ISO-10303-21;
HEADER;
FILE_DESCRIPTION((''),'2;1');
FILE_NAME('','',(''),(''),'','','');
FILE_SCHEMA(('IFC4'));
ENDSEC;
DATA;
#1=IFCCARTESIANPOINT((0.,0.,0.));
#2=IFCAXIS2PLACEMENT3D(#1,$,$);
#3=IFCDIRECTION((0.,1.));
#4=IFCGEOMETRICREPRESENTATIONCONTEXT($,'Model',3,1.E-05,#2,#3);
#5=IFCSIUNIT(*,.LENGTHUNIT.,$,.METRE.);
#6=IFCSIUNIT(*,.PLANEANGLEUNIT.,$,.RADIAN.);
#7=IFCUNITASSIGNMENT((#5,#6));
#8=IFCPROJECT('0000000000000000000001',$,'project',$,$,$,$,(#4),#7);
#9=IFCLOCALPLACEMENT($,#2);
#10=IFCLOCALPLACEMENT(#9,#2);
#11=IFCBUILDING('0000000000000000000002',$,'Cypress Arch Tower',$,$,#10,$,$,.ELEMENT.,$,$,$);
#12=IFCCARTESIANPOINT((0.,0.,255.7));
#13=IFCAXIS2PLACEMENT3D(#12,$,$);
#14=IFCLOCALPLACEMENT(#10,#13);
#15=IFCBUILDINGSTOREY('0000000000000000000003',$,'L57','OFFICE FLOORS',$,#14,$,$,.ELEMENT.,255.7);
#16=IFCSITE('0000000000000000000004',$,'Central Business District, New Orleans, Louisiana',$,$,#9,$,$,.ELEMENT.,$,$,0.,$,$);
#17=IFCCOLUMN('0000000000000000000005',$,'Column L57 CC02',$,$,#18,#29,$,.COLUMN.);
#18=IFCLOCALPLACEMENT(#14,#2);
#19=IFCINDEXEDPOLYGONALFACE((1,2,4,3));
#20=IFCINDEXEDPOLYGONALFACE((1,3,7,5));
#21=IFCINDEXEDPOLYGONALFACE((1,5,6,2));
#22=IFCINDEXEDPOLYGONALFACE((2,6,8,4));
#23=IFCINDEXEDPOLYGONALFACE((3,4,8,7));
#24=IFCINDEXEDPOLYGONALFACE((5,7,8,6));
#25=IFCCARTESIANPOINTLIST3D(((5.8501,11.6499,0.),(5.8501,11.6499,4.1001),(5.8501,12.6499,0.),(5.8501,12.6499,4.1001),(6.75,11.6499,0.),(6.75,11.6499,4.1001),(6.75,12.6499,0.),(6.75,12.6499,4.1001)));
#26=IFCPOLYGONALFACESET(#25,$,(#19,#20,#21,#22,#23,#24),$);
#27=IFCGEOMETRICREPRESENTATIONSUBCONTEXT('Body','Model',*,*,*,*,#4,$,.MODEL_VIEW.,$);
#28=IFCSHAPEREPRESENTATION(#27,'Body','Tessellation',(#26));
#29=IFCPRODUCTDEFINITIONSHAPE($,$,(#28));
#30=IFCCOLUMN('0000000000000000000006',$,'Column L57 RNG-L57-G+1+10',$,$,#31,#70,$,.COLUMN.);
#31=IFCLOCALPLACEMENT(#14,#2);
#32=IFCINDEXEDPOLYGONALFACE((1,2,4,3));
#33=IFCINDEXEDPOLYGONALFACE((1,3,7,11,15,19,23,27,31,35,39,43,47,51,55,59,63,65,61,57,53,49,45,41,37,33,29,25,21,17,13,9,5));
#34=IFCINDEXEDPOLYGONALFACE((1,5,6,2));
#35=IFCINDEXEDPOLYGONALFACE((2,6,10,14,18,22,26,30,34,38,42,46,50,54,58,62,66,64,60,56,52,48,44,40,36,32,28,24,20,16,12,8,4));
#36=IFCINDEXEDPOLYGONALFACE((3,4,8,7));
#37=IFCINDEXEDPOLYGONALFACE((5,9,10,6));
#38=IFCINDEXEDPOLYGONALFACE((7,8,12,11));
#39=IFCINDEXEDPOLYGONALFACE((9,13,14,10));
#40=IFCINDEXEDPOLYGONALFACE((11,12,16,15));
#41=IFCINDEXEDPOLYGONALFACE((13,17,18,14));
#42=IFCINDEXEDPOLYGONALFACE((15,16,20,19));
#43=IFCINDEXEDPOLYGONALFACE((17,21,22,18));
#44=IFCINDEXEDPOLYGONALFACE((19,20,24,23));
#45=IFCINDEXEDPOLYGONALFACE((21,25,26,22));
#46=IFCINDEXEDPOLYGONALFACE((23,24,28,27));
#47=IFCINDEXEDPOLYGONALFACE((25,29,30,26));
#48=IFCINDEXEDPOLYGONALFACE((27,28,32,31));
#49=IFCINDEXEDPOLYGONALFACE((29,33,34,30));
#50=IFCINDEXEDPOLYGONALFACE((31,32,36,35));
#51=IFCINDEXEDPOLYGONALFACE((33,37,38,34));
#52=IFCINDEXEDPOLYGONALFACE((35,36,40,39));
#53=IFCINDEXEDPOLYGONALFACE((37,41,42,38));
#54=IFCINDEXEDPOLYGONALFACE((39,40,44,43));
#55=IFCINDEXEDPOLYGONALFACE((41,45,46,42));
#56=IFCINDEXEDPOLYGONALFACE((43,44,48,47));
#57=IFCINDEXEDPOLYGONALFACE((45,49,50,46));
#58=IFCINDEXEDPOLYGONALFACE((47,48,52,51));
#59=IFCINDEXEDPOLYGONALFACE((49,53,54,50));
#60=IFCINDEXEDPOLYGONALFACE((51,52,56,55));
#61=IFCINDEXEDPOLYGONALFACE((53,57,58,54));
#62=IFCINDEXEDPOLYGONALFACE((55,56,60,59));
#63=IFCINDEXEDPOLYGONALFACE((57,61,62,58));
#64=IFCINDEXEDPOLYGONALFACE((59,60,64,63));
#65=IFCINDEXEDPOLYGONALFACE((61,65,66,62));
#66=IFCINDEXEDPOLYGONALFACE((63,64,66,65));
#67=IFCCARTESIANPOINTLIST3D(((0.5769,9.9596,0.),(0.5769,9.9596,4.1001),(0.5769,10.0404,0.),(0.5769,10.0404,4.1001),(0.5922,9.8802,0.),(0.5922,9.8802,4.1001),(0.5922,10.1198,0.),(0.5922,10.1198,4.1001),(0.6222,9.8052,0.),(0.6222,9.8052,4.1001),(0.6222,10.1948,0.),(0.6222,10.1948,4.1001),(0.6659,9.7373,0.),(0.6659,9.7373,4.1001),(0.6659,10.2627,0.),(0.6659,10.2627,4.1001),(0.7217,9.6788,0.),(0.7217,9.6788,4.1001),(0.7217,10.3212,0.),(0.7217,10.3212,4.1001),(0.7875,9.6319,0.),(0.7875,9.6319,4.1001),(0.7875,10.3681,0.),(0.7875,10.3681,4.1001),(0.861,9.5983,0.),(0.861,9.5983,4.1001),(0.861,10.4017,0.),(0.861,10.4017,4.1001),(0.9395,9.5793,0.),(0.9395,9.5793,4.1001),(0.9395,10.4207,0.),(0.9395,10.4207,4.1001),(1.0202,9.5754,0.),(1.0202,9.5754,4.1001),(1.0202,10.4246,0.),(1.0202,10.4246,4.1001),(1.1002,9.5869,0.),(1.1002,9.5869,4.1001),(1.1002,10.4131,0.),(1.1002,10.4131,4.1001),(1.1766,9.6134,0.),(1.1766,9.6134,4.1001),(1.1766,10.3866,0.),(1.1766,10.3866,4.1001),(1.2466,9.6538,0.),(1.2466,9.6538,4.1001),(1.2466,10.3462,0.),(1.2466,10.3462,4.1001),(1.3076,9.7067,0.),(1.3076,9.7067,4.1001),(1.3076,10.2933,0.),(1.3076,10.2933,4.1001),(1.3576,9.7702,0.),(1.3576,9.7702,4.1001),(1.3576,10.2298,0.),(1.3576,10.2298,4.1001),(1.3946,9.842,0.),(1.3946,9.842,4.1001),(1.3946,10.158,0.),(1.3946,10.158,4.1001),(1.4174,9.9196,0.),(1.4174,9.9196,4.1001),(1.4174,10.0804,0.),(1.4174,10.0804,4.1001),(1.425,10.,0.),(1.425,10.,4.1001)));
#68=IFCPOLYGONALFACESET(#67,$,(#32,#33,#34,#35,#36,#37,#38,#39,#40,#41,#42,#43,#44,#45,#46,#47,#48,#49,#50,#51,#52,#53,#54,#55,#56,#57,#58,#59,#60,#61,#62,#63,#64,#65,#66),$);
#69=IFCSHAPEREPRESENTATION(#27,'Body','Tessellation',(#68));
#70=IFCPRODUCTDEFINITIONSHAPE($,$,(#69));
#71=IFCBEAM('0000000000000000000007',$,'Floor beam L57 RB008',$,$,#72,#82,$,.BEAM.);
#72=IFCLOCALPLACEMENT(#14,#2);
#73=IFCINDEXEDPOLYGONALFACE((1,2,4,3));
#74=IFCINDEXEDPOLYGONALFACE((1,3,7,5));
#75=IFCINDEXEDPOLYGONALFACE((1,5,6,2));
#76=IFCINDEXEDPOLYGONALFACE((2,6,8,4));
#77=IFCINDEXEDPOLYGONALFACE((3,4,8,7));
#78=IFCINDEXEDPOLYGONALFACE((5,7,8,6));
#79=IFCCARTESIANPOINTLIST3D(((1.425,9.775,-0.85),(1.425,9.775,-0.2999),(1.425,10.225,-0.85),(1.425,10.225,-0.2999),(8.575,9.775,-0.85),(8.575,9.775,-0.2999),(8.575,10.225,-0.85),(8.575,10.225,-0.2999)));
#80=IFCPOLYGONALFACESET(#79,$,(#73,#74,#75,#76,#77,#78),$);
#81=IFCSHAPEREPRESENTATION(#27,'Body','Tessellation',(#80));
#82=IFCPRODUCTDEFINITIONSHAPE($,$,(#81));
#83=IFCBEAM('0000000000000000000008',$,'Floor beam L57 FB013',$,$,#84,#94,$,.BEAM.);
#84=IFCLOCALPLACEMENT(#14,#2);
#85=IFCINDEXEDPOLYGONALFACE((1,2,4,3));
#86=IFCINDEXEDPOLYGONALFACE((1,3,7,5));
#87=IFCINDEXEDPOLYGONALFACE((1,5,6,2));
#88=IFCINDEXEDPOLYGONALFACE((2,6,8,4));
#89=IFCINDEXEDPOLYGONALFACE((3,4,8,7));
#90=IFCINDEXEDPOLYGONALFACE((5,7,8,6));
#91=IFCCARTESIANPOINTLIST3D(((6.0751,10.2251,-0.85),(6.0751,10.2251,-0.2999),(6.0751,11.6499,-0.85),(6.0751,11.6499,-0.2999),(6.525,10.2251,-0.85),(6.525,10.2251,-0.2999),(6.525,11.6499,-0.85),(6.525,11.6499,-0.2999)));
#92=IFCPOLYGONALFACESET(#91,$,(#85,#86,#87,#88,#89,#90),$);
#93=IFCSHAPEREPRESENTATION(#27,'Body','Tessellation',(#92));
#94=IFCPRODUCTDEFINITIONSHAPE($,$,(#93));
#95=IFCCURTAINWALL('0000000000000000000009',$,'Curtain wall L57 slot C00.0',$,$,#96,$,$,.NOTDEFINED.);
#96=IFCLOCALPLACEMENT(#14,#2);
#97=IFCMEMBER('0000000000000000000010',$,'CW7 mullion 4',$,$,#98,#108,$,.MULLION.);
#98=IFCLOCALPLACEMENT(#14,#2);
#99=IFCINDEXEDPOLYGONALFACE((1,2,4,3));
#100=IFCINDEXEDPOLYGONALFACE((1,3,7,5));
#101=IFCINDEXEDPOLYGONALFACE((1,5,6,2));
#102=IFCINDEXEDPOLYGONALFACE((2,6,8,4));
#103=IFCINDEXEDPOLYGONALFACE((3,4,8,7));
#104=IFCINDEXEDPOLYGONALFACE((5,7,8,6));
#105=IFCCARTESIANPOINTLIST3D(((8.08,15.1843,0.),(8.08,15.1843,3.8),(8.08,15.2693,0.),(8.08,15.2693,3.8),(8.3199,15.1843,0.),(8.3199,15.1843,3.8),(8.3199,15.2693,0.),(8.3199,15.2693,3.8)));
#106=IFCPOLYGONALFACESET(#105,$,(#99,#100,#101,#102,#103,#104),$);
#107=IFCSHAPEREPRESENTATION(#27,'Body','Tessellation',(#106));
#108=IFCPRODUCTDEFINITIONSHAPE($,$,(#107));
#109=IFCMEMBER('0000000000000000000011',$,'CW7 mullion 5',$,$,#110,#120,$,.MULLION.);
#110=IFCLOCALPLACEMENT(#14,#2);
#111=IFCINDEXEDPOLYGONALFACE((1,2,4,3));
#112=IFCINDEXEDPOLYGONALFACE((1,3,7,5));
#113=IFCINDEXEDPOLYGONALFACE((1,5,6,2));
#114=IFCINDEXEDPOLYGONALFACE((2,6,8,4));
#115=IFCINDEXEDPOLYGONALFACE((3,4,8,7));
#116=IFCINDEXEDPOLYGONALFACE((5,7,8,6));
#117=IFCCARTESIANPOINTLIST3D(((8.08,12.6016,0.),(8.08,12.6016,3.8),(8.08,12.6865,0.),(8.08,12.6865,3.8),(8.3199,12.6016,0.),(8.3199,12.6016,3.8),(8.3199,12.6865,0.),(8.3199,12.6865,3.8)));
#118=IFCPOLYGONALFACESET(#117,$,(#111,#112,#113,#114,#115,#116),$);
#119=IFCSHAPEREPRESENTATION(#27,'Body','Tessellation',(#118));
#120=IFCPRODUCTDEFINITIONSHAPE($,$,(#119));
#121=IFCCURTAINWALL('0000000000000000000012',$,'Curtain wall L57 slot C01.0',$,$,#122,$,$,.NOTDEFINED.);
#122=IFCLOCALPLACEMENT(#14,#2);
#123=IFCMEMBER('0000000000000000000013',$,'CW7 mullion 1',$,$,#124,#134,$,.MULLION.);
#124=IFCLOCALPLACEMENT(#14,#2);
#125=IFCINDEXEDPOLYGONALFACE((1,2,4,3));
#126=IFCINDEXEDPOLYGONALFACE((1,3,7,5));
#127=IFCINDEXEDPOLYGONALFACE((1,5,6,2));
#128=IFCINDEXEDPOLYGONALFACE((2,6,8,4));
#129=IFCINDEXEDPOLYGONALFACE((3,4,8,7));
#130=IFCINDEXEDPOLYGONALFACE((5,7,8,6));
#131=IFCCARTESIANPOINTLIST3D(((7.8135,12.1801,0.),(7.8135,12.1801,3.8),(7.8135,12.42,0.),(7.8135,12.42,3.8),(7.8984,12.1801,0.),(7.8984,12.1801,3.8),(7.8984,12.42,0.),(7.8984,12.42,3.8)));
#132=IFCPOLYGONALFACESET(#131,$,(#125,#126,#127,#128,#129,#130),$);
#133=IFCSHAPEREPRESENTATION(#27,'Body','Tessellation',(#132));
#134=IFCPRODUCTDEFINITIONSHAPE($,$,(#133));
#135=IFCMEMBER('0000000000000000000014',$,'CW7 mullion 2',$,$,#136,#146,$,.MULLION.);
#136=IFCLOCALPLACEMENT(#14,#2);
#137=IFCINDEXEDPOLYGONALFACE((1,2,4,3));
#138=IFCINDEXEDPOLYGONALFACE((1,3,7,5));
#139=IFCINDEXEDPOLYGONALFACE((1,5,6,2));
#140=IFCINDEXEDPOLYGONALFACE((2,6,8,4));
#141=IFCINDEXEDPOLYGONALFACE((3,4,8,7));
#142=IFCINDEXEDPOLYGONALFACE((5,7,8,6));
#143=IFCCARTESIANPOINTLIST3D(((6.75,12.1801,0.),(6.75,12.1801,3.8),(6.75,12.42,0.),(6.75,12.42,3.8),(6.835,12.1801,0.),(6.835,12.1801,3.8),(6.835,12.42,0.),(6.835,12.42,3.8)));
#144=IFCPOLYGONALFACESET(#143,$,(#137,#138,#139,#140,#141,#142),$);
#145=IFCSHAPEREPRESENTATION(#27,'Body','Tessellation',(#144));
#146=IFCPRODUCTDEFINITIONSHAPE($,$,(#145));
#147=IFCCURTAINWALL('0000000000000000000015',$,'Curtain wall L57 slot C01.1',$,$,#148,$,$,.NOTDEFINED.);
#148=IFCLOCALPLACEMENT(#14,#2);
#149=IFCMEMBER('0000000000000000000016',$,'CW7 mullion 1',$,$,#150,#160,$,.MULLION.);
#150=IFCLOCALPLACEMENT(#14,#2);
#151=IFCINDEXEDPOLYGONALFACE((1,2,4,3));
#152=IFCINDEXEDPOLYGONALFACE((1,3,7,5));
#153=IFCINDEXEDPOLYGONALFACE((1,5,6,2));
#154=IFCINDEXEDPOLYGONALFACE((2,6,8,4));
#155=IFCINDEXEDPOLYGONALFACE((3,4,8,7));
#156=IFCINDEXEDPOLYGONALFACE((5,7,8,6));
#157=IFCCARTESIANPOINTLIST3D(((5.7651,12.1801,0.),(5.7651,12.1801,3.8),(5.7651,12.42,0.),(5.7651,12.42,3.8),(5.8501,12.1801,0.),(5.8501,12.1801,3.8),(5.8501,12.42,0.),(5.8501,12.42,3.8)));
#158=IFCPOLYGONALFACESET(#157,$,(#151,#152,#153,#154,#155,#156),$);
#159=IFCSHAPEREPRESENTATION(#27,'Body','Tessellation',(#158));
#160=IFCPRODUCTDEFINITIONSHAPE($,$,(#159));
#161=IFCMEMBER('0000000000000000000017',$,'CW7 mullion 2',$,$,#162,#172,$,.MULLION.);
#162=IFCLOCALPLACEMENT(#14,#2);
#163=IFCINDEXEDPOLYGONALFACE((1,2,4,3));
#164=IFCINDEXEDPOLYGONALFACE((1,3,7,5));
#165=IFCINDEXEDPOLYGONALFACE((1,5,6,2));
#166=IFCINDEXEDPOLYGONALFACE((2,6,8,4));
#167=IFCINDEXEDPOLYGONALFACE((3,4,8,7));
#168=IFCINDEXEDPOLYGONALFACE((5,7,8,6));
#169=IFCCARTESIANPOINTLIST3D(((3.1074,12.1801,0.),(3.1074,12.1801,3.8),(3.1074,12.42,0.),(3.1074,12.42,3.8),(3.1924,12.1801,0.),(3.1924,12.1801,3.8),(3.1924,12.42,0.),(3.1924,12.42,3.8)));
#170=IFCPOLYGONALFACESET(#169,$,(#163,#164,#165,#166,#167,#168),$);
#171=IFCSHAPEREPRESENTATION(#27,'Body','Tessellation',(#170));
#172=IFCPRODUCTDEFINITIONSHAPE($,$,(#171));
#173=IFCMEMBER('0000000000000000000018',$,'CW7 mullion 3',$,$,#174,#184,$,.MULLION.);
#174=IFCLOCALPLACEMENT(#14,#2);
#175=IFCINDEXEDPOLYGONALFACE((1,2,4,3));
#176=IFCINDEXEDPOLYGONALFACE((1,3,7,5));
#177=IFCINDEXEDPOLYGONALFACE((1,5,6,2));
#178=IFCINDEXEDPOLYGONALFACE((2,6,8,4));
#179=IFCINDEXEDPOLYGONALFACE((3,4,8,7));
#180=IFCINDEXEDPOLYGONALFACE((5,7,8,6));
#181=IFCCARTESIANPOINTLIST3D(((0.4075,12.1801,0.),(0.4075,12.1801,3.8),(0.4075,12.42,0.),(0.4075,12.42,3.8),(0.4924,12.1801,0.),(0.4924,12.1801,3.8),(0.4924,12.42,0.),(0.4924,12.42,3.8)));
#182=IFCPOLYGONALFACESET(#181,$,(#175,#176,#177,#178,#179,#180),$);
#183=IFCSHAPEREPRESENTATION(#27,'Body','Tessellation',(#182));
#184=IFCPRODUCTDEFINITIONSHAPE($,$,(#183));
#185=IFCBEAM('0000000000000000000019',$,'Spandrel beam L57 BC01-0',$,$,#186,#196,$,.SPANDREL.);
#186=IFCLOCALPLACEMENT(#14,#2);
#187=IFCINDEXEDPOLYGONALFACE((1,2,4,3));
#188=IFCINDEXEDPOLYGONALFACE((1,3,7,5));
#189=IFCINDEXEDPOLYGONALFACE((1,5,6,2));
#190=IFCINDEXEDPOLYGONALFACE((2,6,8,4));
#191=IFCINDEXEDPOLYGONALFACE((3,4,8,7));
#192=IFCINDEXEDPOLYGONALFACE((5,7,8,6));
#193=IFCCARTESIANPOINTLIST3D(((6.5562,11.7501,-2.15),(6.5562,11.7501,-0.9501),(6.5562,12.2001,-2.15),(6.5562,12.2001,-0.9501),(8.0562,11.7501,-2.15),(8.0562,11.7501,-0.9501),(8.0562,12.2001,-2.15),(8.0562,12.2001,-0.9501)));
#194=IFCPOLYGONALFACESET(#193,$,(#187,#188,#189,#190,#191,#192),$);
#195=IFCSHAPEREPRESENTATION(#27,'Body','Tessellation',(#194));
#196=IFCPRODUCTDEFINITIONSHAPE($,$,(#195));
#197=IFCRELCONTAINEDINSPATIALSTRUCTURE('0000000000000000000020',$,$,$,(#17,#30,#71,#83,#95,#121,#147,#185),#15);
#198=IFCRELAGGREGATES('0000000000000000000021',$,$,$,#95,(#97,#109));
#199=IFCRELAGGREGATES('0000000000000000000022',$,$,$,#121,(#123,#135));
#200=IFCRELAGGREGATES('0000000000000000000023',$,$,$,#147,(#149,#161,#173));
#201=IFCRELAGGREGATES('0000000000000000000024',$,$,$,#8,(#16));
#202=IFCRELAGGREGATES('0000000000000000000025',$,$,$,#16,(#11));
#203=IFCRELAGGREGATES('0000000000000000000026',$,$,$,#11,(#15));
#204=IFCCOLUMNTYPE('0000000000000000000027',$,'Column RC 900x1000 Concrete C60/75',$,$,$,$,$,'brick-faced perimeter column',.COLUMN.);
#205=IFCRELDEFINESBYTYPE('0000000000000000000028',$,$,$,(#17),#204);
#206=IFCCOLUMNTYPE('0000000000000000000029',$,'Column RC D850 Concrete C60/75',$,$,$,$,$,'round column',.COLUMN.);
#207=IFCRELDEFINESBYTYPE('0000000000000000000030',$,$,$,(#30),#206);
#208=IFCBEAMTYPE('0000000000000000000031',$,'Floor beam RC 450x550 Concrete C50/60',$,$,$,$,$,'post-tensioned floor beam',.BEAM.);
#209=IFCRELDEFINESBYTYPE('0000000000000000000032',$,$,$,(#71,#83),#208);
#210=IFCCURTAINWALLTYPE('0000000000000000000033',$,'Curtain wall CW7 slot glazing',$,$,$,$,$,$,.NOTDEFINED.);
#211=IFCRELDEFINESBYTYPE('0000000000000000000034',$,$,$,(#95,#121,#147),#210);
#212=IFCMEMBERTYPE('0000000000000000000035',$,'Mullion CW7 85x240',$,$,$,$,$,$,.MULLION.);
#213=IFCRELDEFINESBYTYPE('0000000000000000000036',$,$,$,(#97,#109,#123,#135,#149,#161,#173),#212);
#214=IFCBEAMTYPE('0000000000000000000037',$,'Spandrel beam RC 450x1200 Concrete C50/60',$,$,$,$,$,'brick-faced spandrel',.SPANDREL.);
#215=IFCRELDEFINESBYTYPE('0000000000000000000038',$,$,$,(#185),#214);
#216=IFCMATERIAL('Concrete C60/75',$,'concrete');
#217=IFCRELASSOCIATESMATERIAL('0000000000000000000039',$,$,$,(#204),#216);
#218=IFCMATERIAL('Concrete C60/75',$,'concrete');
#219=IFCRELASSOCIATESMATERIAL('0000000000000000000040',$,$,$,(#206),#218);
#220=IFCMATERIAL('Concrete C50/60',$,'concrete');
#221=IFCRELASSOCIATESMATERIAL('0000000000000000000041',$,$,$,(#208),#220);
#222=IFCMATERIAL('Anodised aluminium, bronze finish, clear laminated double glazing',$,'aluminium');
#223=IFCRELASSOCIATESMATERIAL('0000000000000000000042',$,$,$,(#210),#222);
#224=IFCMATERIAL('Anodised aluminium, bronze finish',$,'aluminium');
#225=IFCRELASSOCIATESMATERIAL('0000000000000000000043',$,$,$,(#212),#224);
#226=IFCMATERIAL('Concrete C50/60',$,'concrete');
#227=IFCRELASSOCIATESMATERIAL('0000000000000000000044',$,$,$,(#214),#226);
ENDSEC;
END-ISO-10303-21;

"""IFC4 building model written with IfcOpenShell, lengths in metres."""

from ifc_helpers import new_model, si_unit, direction, frame, origin, origin_2d, place, context, subcontext, project, spatial, rectangle, circle, extrude, material, material_profile, profile_set, type_object, element, aggregate, save


model = new_model("IFC4")

# Units and contexts
model_context = context("Model", 3, precision=1e-05, world=origin(), true_north=direction((0.0, 1.0)))
body_context = subcontext(model_context, "Body", "Model", "MODEL_VIEW")
ifc_project = project(units=[si_unit("LENGTHUNIT", "METRE"), si_unit("PLANEANGLEUNIT", "RADIAN")], contexts=[model_context])

# Site, building, storey
site_placement = place(None, origin())
site = spatial("IfcSite", under=ifc_project, at=site_placement, Name="Central Business District, New Orleans, Louisiana", CompositionType="ELEMENT", RefElevation=0.0)
building_placement = place(site_placement, origin())
building = spatial("IfcBuilding", under=site, at=building_placement, Name="Cypress Arch Tower", CompositionType="ELEMENT")
storey_placement = place(building_placement, frame((0.0, 0.0, 255.7)))
storey = spatial("IfcBuildingStorey", under=building, at=storey_placement, Name="L57", Description="OFFICE FLOORS", CompositionType="ELEMENT", Elevation=255.7)

# Columns
ifc_material_1 = material(Name="Concrete C60/75", Category="concrete")
ifc_material_profile_1 = material_profile(ifc_material_1, rectangle(XDim=0.8999, YDim=1.0, at=origin_2d()), Name="RC 900x1000")
ifc_profile_set_1 = profile_set([ifc_material_profile_1], Name="Concrete C60/75")
column_type_1 = type_object("IfcColumnType", Name="Column RC 900x1000 Concrete C60/75", ElementType="brick-faced perimeter column", PredefinedType="COLUMN", material=ifc_profile_set_1)
column_1_placement = place(storey_placement, frame((6.3, 12.1499, 0.0), z_axis=(0.0, 0.0, 1.0), x_axis=(-1.0, 0.0, 0.0)))
element("IfcColumn", 1, at=column_1_placement, inside=storey, type_object=column_type_1, Name="Column L57 CC02", PredefinedType="COLUMN", context=body_context, shape_type="SweptSolid", body=[
    extrude(rectangle(XDim=0.8999, YDim=1.0, at=origin_2d()), origin(), (0.0, 0.0, 1.0), 4.1001),
])
ifc_material_2 = material(Name="Concrete C60/75", Category="concrete")
ifc_material_profile_2 = material_profile(ifc_material_2, circle(Radius=0.425, at=origin_2d()), Name="RC D850")
ifc_profile_set_2 = profile_set([ifc_material_profile_2], Name="Concrete C60/75")
column_type_2 = type_object("IfcColumnType", Name="Column RC D850 Concrete C60/75", ElementType="round column", PredefinedType="COLUMN", material=ifc_profile_set_2)
column_2_placement = place(storey_placement, frame((1.0, 10.0, 0.0), z_axis=(0.0, 0.0, 1.0), x_axis=(1.0, 0.0, 0.0)))
element("IfcColumn", 2, at=column_2_placement, inside=storey, type_object=column_type_2, Name="Column L57 RNG-L57-G+1+10", PredefinedType="COLUMN", context=body_context, shape_type="SweptSolid", body=[
    extrude(circle(Radius=0.425, at=origin_2d()), origin(), (0.0, 0.0, 1.0), 4.1001),
])

# Beams
ifc_material_3 = material(Name="Concrete C50/60", Category="concrete")
ifc_material_profile_3 = material_profile(ifc_material_3, rectangle(XDim=0.45, YDim=0.55, at=origin_2d()), Name="RC 450x550")
ifc_profile_set_3 = profile_set([ifc_material_profile_3], Name="Concrete C50/60")
beam_type_1 = type_object("IfcBeamType", Name="Floor beam RC 450x550 Concrete C50/60", ElementType="post-tensioned floor beam", PredefinedType="BEAM", material=ifc_profile_set_3)
beam_1_placement = place(storey_placement, frame((1.425, 10.0, -0.575), z_axis=(1.0, 0.0, 0.0), x_axis=(0.0, 1.0, 0.0)))
element("IfcBeam", 3, at=beam_1_placement, inside=storey, type_object=beam_type_1, Name="Floor beam L57 RB008", PredefinedType="BEAM", context=body_context, shape_type="SweptSolid", body=[
    extrude(rectangle(XDim=0.45, YDim=0.55, at=origin_2d()), origin(), (0.0, 0.0, 1.0), 7.1499),
])
beam_2_placement = place(storey_placement, frame((6.3, 10.2251, -0.575), z_axis=(0.0, 1.0, 0.0), x_axis=(-1.0, 0.0, 0.0)))
element("IfcBeam", 4, at=beam_2_placement, inside=storey, type_object=beam_type_1, Name="Floor beam L57 FB013", PredefinedType="BEAM", context=body_context, shape_type="SweptSolid", body=[
    extrude(rectangle(XDim=0.45, YDim=0.55, at=origin_2d()), origin(), (0.0, 0.0, 1.0), 1.4248),
])

# Curtain walls, members
ifc_material_4 = material(Name="Anodised aluminium, bronze finish, clear laminated double glazing", Category="aluminium")
curtain_wall_type = type_object("IfcCurtainWallType", Name="Curtain wall CW7 slot glazing", PredefinedType="NOTDEFINED", material=ifc_material_4)
curtain_wall_1_placement = place(storey_placement, origin())
curtain_wall_1 = element("IfcCurtainWall", 5, at=curtain_wall_1_placement, inside=storey, type_object=curtain_wall_type, Name="Curtain wall L57 slot C00.0", PredefinedType="NOTDEFINED")
ifc_material_5 = material(Name="Anodised aluminium, bronze finish", Category="aluminium")
ifc_material_profile_4 = material_profile(ifc_material_5, rectangle(XDim=0.24, YDim=0.085, at=origin_2d()), Name="Mullion 85x240")
ifc_profile_set_4 = profile_set([ifc_material_profile_4], Name="Anodised aluminium, bronze finish")
member_type_1 = type_object("IfcMemberType", Name="Mullion CW7 85x240", PredefinedType="MULLION", material=ifc_profile_set_4)
member_1_placement = place(storey_placement, frame((8.2, 15.2268, 0.0), z_axis=(0.0, 0.0, 1.0), x_axis=(1.0, 0.0, 0.0)))
member_1 = element("IfcMember", 6, at=member_1_placement, type_object=member_type_1, Name="CW7 mullion 4", PredefinedType="MULLION", context=body_context, shape_type="SweptSolid", body=[
    extrude(rectangle(XDim=0.24, YDim=0.085, at=origin_2d()), origin(), (0.0, 0.0, 1.0), 3.8),
])
member_2_placement = place(storey_placement, frame((8.2, 12.644, 0.0), z_axis=(0.0, 0.0, 1.0), x_axis=(1.0, 0.0, 0.0)))
member_2 = element("IfcMember", 7, at=member_2_placement, type_object=member_type_1, Name="CW7 mullion 5", PredefinedType="MULLION", context=body_context, shape_type="SweptSolid", body=[
    extrude(rectangle(XDim=0.24, YDim=0.085, at=origin_2d()), origin(), (0.0, 0.0, 1.0), 3.8),
])
curtain_wall_2_placement = place(storey_placement, origin())
curtain_wall_2 = element("IfcCurtainWall", 8, at=curtain_wall_2_placement, inside=storey, type_object=curtain_wall_type, Name="Curtain wall L57 slot C01.0", PredefinedType="NOTDEFINED")
member_3_placement = place(storey_placement, frame((7.856, 12.3, 0.0), z_axis=(0.0, 0.0, 1.0), x_axis=(0.0, -1.0, 0.0)))
member_3 = element("IfcMember", 9, at=member_3_placement, type_object=member_type_1, Name="CW7 mullion 1", PredefinedType="MULLION", context=body_context, shape_type="SweptSolid", body=[
    extrude(rectangle(XDim=0.24, YDim=0.085, at=origin_2d()), origin(), (0.0, 0.0, 1.0), 3.8),
])
member_4_placement = place(storey_placement, frame((6.7925, 12.3, 0.0), z_axis=(0.0, 0.0, 1.0), x_axis=(0.0, -1.0, 0.0)))
member_4 = element("IfcMember", 10, at=member_4_placement, type_object=member_type_1, Name="CW7 mullion 2", PredefinedType="MULLION", context=body_context, shape_type="SweptSolid", body=[
    extrude(rectangle(XDim=0.24, YDim=0.085, at=origin_2d()), origin(), (0.0, 0.0, 1.0), 3.8),
])
curtain_wall_3_placement = place(storey_placement, origin())
curtain_wall_3 = element("IfcCurtainWall", 11, at=curtain_wall_3_placement, inside=storey, type_object=curtain_wall_type, Name="Curtain wall L57 slot C01.1", PredefinedType="NOTDEFINED")
member_5_placement = place(storey_placement, frame((5.8076, 12.3, 0.0), z_axis=(0.0, 0.0, 1.0), x_axis=(0.0, -1.0, 0.0)))
member_5 = element("IfcMember", 12, at=member_5_placement, type_object=member_type_1, Name="CW7 mullion 1", PredefinedType="MULLION", context=body_context, shape_type="SweptSolid", body=[
    extrude(rectangle(XDim=0.24, YDim=0.085, at=origin_2d()), origin(), (0.0, 0.0, 1.0), 3.8),
])
member_6_placement = place(storey_placement, frame((3.1499, 12.3, 0.0), z_axis=(0.0, 0.0, 1.0), x_axis=(0.0, -1.0, 0.0)))
member_6 = element("IfcMember", 13, at=member_6_placement, type_object=member_type_1, Name="CW7 mullion 2", PredefinedType="MULLION", context=body_context, shape_type="SweptSolid", body=[
    extrude(rectangle(XDim=0.24, YDim=0.085, at=origin_2d()), origin(), (0.0, 0.0, 1.0), 3.8),
])
member_7_placement = place(storey_placement, frame((0.45, 12.3, 0.0), z_axis=(0.0, 0.0, 1.0), x_axis=(0.0, -1.0, 0.0)))
member_7 = element("IfcMember", 14, at=member_7_placement, type_object=member_type_1, Name="CW7 mullion 3", PredefinedType="MULLION", context=body_context, shape_type="SweptSolid", body=[
    extrude(rectangle(XDim=0.24, YDim=0.085, at=origin_2d()), origin(), (0.0, 0.0, 1.0), 3.8),
])

# Beam
ifc_material_6 = material(Name="Concrete C50/60", Category="concrete")
ifc_material_profile_5 = material_profile(ifc_material_6, rectangle(XDim=0.45, YDim=1.2, at=origin_2d()), Name="RC 450x1200")
ifc_profile_set_5 = profile_set([ifc_material_profile_5], Name="Concrete C50/60")
beam_type_2 = type_object("IfcBeamType", Name="Spandrel beam RC 450x1200 Concrete C50/60", ElementType="brick-faced spandrel", PredefinedType="SPANDREL", material=ifc_profile_set_5)
beam_3_placement = place(storey_placement, frame((8.0562, 11.9751, -1.55), z_axis=(-1.0, 0.0, 0.0), x_axis=(0.0, -1.0, 0.0)))
element("IfcBeam", 15, at=beam_3_placement, inside=storey, type_object=beam_type_2, Name="Spandrel beam L57 BC01-0", PredefinedType="SPANDREL", context=body_context, shape_type="SweptSolid", body=[
    extrude(rectangle(XDim=0.45, YDim=1.2, at=origin_2d()), origin(), (0.0, 0.0, 1.0), 1.5),
])

aggregate(curtain_wall_1, [member_1, member_2])
aggregate(curtain_wall_2, [member_3, member_4])
aggregate(curtain_wall_3, [member_5, member_6, member_7])

save(model, "model.ifc")
